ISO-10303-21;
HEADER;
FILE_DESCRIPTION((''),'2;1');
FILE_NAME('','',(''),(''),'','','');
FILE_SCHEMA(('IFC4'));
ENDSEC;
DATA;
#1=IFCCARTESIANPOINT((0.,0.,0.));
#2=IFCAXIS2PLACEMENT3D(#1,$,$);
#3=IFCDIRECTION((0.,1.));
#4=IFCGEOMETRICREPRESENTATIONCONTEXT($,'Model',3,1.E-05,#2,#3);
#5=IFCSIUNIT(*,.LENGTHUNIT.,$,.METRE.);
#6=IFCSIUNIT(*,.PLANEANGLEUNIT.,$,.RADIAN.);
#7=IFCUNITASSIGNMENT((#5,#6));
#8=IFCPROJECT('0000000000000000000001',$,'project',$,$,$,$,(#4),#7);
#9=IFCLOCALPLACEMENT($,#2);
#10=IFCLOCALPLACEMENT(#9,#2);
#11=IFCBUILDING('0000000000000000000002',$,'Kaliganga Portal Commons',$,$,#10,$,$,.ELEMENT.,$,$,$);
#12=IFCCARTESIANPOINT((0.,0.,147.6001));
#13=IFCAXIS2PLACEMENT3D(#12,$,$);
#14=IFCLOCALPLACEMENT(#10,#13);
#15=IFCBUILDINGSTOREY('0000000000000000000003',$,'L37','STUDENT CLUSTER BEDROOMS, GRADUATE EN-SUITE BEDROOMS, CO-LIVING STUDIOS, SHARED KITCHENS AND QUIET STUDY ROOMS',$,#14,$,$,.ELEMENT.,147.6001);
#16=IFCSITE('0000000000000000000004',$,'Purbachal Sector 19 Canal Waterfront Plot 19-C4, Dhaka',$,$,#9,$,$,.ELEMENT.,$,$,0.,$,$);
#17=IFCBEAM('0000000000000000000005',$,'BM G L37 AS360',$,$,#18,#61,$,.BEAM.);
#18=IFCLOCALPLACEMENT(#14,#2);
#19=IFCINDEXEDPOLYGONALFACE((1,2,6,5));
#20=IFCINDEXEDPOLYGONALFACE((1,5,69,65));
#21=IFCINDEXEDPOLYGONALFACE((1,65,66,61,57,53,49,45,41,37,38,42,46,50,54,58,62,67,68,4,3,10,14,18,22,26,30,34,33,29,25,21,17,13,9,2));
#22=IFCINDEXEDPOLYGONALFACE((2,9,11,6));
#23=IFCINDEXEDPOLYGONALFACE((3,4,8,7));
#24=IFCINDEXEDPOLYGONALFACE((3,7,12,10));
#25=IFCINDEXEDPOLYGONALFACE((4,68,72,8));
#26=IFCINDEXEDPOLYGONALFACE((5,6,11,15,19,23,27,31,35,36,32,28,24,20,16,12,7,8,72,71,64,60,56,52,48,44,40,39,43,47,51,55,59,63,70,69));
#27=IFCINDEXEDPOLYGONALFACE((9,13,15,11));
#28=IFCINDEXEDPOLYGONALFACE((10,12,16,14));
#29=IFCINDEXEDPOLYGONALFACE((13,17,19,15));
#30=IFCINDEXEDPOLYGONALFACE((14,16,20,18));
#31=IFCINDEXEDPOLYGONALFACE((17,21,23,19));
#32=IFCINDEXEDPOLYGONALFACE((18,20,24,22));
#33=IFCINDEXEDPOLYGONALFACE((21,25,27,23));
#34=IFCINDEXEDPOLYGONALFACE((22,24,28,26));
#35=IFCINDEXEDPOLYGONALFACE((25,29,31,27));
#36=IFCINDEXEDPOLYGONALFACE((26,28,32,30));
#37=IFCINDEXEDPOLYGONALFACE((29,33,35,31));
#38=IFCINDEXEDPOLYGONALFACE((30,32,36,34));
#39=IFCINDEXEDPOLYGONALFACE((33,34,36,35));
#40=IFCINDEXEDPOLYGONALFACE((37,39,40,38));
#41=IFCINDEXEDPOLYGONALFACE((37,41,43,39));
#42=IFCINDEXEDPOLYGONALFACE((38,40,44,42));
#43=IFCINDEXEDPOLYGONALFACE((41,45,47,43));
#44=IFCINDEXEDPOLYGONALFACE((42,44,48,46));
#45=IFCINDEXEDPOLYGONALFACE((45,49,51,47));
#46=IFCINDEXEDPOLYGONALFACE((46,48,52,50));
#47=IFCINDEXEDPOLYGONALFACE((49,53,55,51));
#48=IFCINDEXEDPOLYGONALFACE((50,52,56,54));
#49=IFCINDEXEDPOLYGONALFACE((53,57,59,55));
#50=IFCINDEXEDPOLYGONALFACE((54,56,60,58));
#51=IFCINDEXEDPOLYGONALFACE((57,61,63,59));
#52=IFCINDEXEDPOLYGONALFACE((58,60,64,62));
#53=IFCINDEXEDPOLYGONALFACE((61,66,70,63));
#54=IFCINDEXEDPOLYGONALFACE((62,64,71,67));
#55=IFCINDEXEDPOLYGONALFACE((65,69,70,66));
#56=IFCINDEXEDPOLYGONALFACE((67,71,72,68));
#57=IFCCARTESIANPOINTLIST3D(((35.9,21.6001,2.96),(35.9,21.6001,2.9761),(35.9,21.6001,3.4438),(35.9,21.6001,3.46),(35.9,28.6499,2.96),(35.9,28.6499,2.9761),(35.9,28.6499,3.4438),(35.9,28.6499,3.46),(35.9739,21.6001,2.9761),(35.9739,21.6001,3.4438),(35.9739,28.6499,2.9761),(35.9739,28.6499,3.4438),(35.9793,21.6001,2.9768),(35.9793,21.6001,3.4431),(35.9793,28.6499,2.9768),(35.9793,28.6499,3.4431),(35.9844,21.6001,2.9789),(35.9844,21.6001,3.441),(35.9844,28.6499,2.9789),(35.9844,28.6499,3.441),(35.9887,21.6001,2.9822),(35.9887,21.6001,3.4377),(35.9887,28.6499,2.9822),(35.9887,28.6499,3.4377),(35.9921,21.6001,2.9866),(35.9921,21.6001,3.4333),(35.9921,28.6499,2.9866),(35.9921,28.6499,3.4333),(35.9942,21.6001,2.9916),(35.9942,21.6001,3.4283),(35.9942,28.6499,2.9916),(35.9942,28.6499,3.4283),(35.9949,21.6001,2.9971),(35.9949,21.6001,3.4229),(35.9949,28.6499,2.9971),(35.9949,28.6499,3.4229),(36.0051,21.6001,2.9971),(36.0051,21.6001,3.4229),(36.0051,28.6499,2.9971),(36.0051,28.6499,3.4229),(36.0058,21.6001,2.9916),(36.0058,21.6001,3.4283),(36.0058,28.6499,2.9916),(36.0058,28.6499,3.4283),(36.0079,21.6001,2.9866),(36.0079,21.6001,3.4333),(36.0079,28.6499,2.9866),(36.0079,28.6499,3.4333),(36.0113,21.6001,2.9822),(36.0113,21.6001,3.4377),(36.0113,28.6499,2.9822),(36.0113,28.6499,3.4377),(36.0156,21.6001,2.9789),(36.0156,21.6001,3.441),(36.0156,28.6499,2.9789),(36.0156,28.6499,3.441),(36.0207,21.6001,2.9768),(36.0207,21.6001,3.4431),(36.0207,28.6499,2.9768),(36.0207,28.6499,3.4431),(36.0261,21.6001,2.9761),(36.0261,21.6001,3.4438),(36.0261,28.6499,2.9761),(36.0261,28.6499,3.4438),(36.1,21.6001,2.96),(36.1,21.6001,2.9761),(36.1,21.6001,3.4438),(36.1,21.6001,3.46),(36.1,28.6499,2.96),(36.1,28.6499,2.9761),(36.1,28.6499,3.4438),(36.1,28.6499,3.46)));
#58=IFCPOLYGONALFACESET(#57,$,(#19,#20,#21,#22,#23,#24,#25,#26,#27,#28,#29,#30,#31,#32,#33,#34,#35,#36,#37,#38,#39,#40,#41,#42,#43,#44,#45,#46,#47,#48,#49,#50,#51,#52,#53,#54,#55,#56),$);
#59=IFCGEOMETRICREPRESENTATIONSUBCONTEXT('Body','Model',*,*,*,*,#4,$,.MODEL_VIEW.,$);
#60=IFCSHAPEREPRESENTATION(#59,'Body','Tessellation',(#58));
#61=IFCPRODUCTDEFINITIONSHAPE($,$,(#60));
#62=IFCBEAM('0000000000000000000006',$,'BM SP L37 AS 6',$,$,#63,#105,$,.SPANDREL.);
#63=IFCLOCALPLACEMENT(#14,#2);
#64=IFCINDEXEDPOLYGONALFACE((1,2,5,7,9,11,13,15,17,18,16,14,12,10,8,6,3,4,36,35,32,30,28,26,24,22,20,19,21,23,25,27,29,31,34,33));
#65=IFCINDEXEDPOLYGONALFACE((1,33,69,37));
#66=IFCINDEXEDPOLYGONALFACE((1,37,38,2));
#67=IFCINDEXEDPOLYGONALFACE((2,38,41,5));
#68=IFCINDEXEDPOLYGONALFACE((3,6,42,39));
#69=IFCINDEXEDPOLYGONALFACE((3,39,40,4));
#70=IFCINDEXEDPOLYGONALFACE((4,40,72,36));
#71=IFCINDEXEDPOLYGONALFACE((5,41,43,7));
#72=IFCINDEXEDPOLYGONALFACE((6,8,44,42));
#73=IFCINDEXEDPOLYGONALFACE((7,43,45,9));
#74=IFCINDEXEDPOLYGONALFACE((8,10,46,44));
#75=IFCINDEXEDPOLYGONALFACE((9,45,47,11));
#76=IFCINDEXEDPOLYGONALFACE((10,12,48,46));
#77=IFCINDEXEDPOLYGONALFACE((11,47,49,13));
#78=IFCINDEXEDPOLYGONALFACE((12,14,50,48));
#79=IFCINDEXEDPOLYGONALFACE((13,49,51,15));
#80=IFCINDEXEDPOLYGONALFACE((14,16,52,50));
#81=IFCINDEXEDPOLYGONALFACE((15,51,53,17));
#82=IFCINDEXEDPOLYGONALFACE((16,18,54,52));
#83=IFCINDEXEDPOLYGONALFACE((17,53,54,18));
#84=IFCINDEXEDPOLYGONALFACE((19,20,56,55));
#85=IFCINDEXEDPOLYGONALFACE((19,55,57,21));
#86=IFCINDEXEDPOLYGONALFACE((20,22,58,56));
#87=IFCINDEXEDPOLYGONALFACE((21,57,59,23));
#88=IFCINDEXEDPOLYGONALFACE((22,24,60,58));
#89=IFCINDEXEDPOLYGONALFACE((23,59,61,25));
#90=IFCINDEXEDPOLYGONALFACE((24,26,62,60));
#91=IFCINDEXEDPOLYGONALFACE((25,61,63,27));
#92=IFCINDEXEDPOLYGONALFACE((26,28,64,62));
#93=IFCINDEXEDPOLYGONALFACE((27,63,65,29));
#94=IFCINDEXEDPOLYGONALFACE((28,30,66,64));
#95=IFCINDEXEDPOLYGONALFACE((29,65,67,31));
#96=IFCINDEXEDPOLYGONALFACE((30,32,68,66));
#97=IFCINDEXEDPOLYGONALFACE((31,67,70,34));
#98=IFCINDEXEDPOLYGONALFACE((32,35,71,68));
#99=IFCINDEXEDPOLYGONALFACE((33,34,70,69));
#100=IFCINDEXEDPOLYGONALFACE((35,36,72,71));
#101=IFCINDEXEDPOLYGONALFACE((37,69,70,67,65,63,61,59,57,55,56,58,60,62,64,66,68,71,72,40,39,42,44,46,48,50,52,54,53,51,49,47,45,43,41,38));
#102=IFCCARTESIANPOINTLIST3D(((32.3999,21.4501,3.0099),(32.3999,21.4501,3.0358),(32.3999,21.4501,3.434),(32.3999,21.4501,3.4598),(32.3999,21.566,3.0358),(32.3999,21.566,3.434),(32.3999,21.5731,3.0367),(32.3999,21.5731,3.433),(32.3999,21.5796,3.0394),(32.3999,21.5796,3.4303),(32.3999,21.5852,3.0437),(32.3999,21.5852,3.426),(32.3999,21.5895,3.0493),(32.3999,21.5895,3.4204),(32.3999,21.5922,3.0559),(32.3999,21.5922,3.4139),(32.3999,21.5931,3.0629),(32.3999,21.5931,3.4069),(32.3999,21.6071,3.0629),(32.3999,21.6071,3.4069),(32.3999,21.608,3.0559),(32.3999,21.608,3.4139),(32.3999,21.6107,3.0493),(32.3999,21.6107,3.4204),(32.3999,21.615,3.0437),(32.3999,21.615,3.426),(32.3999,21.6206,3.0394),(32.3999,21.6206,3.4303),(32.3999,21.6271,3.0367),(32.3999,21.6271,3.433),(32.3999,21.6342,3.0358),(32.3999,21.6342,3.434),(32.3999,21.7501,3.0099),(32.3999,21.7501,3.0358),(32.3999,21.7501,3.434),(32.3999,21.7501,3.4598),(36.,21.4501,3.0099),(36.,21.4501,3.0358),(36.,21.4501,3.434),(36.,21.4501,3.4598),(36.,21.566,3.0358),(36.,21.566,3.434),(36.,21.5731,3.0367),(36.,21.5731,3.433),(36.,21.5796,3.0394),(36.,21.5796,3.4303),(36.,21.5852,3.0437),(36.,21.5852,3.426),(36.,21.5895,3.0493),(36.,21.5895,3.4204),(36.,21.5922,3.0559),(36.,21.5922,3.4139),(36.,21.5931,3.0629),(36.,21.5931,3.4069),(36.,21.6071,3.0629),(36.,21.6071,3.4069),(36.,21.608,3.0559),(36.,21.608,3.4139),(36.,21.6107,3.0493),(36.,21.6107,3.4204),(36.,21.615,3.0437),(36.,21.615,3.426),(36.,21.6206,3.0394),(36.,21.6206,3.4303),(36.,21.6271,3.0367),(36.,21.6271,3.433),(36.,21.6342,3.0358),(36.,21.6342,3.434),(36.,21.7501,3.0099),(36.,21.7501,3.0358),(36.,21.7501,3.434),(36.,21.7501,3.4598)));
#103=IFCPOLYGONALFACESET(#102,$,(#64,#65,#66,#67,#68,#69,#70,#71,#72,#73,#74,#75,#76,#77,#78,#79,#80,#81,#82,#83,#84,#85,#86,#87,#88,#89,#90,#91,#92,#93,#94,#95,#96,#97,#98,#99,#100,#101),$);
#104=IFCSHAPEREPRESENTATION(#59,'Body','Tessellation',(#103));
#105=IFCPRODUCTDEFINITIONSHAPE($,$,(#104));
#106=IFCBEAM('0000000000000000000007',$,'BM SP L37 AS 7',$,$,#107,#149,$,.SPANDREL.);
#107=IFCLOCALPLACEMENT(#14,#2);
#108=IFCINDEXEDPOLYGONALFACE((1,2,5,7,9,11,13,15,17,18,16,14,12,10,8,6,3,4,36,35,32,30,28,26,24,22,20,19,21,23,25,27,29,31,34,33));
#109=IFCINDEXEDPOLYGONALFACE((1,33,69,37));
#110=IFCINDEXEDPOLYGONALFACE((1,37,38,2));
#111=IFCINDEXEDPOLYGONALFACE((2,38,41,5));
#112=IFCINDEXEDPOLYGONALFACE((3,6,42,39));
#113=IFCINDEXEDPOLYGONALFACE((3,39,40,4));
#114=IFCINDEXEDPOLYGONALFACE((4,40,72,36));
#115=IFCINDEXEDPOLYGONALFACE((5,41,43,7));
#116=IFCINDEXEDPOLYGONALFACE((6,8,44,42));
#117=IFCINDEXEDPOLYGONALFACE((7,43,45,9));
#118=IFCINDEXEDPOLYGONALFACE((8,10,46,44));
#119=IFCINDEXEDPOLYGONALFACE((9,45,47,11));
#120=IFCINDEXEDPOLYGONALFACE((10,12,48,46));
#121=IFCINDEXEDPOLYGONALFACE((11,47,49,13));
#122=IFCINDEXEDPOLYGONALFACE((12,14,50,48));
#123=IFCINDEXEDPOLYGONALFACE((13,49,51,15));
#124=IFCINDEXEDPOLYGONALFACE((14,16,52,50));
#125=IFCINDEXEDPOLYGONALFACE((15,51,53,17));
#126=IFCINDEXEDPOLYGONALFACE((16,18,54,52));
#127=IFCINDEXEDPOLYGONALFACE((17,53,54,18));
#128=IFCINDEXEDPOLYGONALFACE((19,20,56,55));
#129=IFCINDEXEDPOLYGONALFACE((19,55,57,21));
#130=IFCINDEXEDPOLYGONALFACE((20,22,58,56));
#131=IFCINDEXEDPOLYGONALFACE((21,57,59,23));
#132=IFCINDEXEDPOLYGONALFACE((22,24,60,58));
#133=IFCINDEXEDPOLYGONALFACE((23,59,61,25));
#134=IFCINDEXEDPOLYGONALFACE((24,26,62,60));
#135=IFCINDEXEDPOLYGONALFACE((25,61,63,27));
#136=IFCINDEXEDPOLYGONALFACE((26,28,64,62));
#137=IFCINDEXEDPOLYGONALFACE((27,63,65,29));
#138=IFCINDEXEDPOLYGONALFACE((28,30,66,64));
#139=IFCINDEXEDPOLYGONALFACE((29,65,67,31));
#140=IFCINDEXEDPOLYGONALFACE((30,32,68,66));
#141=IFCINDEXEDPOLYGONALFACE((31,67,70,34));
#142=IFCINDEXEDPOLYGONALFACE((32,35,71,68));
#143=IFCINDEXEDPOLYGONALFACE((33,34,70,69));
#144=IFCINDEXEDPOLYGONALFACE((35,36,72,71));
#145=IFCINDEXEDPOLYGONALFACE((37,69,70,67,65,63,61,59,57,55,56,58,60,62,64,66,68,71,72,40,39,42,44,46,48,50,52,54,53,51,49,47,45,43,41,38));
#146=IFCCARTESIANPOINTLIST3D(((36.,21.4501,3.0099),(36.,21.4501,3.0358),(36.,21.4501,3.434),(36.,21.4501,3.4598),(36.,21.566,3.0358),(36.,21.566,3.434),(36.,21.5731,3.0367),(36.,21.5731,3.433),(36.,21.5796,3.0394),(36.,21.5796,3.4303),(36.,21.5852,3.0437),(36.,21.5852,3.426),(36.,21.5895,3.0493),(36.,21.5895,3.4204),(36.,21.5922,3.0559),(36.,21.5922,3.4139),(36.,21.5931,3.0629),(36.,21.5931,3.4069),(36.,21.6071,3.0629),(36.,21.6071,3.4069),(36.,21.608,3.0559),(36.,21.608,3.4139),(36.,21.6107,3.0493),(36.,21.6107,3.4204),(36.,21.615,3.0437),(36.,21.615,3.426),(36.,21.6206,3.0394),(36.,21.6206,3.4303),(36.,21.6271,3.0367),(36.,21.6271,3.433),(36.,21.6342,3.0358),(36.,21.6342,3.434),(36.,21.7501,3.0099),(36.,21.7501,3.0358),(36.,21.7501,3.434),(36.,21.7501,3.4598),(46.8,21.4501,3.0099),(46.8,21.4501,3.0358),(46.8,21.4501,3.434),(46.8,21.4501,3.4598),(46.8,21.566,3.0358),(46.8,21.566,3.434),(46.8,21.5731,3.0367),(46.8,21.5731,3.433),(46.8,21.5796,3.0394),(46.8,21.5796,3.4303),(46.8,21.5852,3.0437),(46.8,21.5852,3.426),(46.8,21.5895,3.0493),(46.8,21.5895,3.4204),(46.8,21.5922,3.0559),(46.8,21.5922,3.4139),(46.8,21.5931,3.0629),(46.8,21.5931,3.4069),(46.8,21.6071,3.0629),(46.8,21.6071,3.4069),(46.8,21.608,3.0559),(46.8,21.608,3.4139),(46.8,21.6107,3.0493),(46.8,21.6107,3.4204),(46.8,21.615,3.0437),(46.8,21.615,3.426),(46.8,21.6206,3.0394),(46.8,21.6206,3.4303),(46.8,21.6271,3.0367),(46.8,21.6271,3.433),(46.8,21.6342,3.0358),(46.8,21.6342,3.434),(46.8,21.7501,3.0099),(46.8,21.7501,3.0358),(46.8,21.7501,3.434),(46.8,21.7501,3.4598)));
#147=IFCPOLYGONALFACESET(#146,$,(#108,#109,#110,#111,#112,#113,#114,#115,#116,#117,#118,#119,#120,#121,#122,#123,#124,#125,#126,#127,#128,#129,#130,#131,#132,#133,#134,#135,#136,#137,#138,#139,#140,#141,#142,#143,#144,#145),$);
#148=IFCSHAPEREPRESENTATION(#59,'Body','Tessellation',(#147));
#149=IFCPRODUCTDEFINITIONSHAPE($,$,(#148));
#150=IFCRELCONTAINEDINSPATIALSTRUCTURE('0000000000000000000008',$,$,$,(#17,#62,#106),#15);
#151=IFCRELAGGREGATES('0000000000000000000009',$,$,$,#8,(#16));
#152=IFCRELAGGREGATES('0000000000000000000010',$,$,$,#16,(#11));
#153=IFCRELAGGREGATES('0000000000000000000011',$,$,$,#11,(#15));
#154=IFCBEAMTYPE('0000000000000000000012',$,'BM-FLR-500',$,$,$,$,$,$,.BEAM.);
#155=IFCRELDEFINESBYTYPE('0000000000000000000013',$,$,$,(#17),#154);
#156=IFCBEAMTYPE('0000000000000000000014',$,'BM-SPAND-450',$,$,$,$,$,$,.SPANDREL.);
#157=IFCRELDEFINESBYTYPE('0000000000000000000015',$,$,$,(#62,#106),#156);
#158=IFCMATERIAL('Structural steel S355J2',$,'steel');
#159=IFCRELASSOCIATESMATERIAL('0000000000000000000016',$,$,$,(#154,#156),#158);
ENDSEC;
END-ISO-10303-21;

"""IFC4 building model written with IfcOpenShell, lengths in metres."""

from ifc_helpers import new_model, si_unit, direction, frame, origin, origin_2d, place, context, subcontext, project, spatial, i_section, extrude, source, transform, mapped, material, material_profile, profile_set, type_object, element, save


model = new_model("IFC4")

# Units and contexts
model_context = context("Model", 3, precision=1e-05, world=origin(), true_north=direction((0.0, 1.0)))
body_context = subcontext(model_context, "Body", "Model", "MODEL_VIEW")
ifc_project = project(units=[si_unit("LENGTHUNIT", "METRE"), si_unit("PLANEANGLEUNIT", "RADIAN")], contexts=[model_context])

# Site, building, storey
site_placement = place(None, origin())
site = spatial("IfcSite", under=ifc_project, at=site_placement, Name="Purbachal Sector 19 Canal Waterfront Plot 19-C4, Dhaka", CompositionType="ELEMENT", RefElevation=0.0)
building_placement = place(site_placement, origin())
building = spatial("IfcBuilding", under=site, at=building_placement, Name="Kaliganga Portal Commons", CompositionType="ELEMENT")
storey_placement = place(building_placement, frame((0.0, 0.0, 147.6001)))
storey = spatial("IfcBuildingStorey", under=building, at=storey_placement, Name="L37", Description="STUDENT CLUSTER BEDROOMS, GRADUATE EN-SUITE BEDROOMS, CO-LIVING STUDIOS, SHARED KITCHENS AND QUIET STUDY ROOMS", CompositionType="ELEMENT", Elevation=147.6001)

# Beams
ifc_material_1 = material(Name="Structural steel S355J2", Category="steel")
ifc_material_profile_1 = material_profile(ifc_material_1, i_section(OverallWidth=0.2, OverallDepth=0.5, WebThickness=0.0103, FlangeThickness=0.0161, FilletRadius=0.021, at=origin_2d()), Name="IPE 500")
ifc_profile_set_1 = profile_set([ifc_material_profile_1], Name="Structural steel S355J2 wide-flange")
beam_type_1 = type_object("IfcBeamType", Name="BM-FLR-500", PredefinedType="BEAM", material=ifc_profile_set_1)
shared_shape_1 = source(origin(), body_context, "Body", "SweptSolid", [
    extrude(i_section(OverallWidth=0.2, OverallDepth=0.5, WebThickness=0.0103, FlangeThickness=0.0161, FilletRadius=0.021, at=origin_2d()), origin(), (0.0, 0.0, 1.0), 7.0498),
])
beam_1_placement = place(storey_placement, frame((36.0, 21.6001, 3.21), z_axis=(0.0, 1.0, 0.0), x_axis=(-1.0, 0.0, 0.0)))
element("IfcBeam", 1, at=beam_1_placement, inside=storey, type_object=beam_type_1, Name="BM G L37 AS360", PredefinedType="BEAM", context=body_context, shape_type="MappedRepresentation", body=[
    mapped(shared_shape_1, transform((0.0, 0.0, 0.0), x_axis=(1.0, 0.0, 0.0), y_axis=(0.0, 1.0, 0.0), z_axis=(0.0, 0.0, 1.0), scale=1.0)),
])
ifc_material_profile_2 = material_profile(ifc_material_1, i_section(OverallWidth=0.3, OverallDepth=0.45, WebThickness=0.0139, FlangeThickness=0.0259, FilletRadius=0.0271, at=origin_2d()), Name="HE 450 B")
ifc_profile_set_2 = profile_set([ifc_material_profile_2], Name="Structural steel S355J2 wide-flange")
beam_type_2 = type_object("IfcBeamType", Name="BM-SPAND-450", PredefinedType="SPANDREL", material=ifc_profile_set_2)
shared_shape_2 = source(origin(), body_context, "Body", "SweptSolid", [
    extrude(i_section(OverallWidth=0.3, OverallDepth=0.45, WebThickness=0.0139, FlangeThickness=0.0259, FilletRadius=0.0271, at=origin_2d()), origin(), (0.0, 0.0, 1.0), 3.6001),
])
beam_2_placement = place(storey_placement, frame((32.3999, 21.6001, 3.2349), z_axis=(1.0, 0.0, 0.0), x_axis=(0.0, 1.0, 0.0)))
element("IfcBeam", 2, at=beam_2_placement, inside=storey, type_object=beam_type_2, Name="BM SP L37 AS 6", PredefinedType="SPANDREL", context=body_context, shape_type="MappedRepresentation", body=[
    mapped(shared_shape_2, transform((0.0, 0.0, 0.0), x_axis=(1.0, 0.0, 0.0), y_axis=(0.0, 1.0, 0.0), z_axis=(0.0, 0.0, 1.0), scale=1.0)),
])
shared_shape_3 = source(origin(), body_context, "Body", "SweptSolid", [
    extrude(i_section(OverallWidth=0.3, OverallDepth=0.45, WebThickness=0.0139, FlangeThickness=0.0259, FilletRadius=0.0271, at=origin_2d()), origin(), (0.0, 0.0, 1.0), 10.8),
])
beam_3_placement = place(storey_placement, frame((36.0, 21.6001, 3.2349), z_axis=(1.0, 0.0, 0.0), x_axis=(0.0, 1.0, 0.0)))
element("IfcBeam", 3, at=beam_3_placement, inside=storey, type_object=beam_type_2, Name="BM SP L37 AS 7", PredefinedType="SPANDREL", context=body_context, shape_type="MappedRepresentation", body=[
    mapped(shared_shape_3, transform((0.0, 0.0, 0.0), x_axis=(1.0, 0.0, 0.0), y_axis=(0.0, 1.0, 0.0), z_axis=(0.0, 0.0, 1.0), scale=1.0)),
])

save(model, "model.ifc")
